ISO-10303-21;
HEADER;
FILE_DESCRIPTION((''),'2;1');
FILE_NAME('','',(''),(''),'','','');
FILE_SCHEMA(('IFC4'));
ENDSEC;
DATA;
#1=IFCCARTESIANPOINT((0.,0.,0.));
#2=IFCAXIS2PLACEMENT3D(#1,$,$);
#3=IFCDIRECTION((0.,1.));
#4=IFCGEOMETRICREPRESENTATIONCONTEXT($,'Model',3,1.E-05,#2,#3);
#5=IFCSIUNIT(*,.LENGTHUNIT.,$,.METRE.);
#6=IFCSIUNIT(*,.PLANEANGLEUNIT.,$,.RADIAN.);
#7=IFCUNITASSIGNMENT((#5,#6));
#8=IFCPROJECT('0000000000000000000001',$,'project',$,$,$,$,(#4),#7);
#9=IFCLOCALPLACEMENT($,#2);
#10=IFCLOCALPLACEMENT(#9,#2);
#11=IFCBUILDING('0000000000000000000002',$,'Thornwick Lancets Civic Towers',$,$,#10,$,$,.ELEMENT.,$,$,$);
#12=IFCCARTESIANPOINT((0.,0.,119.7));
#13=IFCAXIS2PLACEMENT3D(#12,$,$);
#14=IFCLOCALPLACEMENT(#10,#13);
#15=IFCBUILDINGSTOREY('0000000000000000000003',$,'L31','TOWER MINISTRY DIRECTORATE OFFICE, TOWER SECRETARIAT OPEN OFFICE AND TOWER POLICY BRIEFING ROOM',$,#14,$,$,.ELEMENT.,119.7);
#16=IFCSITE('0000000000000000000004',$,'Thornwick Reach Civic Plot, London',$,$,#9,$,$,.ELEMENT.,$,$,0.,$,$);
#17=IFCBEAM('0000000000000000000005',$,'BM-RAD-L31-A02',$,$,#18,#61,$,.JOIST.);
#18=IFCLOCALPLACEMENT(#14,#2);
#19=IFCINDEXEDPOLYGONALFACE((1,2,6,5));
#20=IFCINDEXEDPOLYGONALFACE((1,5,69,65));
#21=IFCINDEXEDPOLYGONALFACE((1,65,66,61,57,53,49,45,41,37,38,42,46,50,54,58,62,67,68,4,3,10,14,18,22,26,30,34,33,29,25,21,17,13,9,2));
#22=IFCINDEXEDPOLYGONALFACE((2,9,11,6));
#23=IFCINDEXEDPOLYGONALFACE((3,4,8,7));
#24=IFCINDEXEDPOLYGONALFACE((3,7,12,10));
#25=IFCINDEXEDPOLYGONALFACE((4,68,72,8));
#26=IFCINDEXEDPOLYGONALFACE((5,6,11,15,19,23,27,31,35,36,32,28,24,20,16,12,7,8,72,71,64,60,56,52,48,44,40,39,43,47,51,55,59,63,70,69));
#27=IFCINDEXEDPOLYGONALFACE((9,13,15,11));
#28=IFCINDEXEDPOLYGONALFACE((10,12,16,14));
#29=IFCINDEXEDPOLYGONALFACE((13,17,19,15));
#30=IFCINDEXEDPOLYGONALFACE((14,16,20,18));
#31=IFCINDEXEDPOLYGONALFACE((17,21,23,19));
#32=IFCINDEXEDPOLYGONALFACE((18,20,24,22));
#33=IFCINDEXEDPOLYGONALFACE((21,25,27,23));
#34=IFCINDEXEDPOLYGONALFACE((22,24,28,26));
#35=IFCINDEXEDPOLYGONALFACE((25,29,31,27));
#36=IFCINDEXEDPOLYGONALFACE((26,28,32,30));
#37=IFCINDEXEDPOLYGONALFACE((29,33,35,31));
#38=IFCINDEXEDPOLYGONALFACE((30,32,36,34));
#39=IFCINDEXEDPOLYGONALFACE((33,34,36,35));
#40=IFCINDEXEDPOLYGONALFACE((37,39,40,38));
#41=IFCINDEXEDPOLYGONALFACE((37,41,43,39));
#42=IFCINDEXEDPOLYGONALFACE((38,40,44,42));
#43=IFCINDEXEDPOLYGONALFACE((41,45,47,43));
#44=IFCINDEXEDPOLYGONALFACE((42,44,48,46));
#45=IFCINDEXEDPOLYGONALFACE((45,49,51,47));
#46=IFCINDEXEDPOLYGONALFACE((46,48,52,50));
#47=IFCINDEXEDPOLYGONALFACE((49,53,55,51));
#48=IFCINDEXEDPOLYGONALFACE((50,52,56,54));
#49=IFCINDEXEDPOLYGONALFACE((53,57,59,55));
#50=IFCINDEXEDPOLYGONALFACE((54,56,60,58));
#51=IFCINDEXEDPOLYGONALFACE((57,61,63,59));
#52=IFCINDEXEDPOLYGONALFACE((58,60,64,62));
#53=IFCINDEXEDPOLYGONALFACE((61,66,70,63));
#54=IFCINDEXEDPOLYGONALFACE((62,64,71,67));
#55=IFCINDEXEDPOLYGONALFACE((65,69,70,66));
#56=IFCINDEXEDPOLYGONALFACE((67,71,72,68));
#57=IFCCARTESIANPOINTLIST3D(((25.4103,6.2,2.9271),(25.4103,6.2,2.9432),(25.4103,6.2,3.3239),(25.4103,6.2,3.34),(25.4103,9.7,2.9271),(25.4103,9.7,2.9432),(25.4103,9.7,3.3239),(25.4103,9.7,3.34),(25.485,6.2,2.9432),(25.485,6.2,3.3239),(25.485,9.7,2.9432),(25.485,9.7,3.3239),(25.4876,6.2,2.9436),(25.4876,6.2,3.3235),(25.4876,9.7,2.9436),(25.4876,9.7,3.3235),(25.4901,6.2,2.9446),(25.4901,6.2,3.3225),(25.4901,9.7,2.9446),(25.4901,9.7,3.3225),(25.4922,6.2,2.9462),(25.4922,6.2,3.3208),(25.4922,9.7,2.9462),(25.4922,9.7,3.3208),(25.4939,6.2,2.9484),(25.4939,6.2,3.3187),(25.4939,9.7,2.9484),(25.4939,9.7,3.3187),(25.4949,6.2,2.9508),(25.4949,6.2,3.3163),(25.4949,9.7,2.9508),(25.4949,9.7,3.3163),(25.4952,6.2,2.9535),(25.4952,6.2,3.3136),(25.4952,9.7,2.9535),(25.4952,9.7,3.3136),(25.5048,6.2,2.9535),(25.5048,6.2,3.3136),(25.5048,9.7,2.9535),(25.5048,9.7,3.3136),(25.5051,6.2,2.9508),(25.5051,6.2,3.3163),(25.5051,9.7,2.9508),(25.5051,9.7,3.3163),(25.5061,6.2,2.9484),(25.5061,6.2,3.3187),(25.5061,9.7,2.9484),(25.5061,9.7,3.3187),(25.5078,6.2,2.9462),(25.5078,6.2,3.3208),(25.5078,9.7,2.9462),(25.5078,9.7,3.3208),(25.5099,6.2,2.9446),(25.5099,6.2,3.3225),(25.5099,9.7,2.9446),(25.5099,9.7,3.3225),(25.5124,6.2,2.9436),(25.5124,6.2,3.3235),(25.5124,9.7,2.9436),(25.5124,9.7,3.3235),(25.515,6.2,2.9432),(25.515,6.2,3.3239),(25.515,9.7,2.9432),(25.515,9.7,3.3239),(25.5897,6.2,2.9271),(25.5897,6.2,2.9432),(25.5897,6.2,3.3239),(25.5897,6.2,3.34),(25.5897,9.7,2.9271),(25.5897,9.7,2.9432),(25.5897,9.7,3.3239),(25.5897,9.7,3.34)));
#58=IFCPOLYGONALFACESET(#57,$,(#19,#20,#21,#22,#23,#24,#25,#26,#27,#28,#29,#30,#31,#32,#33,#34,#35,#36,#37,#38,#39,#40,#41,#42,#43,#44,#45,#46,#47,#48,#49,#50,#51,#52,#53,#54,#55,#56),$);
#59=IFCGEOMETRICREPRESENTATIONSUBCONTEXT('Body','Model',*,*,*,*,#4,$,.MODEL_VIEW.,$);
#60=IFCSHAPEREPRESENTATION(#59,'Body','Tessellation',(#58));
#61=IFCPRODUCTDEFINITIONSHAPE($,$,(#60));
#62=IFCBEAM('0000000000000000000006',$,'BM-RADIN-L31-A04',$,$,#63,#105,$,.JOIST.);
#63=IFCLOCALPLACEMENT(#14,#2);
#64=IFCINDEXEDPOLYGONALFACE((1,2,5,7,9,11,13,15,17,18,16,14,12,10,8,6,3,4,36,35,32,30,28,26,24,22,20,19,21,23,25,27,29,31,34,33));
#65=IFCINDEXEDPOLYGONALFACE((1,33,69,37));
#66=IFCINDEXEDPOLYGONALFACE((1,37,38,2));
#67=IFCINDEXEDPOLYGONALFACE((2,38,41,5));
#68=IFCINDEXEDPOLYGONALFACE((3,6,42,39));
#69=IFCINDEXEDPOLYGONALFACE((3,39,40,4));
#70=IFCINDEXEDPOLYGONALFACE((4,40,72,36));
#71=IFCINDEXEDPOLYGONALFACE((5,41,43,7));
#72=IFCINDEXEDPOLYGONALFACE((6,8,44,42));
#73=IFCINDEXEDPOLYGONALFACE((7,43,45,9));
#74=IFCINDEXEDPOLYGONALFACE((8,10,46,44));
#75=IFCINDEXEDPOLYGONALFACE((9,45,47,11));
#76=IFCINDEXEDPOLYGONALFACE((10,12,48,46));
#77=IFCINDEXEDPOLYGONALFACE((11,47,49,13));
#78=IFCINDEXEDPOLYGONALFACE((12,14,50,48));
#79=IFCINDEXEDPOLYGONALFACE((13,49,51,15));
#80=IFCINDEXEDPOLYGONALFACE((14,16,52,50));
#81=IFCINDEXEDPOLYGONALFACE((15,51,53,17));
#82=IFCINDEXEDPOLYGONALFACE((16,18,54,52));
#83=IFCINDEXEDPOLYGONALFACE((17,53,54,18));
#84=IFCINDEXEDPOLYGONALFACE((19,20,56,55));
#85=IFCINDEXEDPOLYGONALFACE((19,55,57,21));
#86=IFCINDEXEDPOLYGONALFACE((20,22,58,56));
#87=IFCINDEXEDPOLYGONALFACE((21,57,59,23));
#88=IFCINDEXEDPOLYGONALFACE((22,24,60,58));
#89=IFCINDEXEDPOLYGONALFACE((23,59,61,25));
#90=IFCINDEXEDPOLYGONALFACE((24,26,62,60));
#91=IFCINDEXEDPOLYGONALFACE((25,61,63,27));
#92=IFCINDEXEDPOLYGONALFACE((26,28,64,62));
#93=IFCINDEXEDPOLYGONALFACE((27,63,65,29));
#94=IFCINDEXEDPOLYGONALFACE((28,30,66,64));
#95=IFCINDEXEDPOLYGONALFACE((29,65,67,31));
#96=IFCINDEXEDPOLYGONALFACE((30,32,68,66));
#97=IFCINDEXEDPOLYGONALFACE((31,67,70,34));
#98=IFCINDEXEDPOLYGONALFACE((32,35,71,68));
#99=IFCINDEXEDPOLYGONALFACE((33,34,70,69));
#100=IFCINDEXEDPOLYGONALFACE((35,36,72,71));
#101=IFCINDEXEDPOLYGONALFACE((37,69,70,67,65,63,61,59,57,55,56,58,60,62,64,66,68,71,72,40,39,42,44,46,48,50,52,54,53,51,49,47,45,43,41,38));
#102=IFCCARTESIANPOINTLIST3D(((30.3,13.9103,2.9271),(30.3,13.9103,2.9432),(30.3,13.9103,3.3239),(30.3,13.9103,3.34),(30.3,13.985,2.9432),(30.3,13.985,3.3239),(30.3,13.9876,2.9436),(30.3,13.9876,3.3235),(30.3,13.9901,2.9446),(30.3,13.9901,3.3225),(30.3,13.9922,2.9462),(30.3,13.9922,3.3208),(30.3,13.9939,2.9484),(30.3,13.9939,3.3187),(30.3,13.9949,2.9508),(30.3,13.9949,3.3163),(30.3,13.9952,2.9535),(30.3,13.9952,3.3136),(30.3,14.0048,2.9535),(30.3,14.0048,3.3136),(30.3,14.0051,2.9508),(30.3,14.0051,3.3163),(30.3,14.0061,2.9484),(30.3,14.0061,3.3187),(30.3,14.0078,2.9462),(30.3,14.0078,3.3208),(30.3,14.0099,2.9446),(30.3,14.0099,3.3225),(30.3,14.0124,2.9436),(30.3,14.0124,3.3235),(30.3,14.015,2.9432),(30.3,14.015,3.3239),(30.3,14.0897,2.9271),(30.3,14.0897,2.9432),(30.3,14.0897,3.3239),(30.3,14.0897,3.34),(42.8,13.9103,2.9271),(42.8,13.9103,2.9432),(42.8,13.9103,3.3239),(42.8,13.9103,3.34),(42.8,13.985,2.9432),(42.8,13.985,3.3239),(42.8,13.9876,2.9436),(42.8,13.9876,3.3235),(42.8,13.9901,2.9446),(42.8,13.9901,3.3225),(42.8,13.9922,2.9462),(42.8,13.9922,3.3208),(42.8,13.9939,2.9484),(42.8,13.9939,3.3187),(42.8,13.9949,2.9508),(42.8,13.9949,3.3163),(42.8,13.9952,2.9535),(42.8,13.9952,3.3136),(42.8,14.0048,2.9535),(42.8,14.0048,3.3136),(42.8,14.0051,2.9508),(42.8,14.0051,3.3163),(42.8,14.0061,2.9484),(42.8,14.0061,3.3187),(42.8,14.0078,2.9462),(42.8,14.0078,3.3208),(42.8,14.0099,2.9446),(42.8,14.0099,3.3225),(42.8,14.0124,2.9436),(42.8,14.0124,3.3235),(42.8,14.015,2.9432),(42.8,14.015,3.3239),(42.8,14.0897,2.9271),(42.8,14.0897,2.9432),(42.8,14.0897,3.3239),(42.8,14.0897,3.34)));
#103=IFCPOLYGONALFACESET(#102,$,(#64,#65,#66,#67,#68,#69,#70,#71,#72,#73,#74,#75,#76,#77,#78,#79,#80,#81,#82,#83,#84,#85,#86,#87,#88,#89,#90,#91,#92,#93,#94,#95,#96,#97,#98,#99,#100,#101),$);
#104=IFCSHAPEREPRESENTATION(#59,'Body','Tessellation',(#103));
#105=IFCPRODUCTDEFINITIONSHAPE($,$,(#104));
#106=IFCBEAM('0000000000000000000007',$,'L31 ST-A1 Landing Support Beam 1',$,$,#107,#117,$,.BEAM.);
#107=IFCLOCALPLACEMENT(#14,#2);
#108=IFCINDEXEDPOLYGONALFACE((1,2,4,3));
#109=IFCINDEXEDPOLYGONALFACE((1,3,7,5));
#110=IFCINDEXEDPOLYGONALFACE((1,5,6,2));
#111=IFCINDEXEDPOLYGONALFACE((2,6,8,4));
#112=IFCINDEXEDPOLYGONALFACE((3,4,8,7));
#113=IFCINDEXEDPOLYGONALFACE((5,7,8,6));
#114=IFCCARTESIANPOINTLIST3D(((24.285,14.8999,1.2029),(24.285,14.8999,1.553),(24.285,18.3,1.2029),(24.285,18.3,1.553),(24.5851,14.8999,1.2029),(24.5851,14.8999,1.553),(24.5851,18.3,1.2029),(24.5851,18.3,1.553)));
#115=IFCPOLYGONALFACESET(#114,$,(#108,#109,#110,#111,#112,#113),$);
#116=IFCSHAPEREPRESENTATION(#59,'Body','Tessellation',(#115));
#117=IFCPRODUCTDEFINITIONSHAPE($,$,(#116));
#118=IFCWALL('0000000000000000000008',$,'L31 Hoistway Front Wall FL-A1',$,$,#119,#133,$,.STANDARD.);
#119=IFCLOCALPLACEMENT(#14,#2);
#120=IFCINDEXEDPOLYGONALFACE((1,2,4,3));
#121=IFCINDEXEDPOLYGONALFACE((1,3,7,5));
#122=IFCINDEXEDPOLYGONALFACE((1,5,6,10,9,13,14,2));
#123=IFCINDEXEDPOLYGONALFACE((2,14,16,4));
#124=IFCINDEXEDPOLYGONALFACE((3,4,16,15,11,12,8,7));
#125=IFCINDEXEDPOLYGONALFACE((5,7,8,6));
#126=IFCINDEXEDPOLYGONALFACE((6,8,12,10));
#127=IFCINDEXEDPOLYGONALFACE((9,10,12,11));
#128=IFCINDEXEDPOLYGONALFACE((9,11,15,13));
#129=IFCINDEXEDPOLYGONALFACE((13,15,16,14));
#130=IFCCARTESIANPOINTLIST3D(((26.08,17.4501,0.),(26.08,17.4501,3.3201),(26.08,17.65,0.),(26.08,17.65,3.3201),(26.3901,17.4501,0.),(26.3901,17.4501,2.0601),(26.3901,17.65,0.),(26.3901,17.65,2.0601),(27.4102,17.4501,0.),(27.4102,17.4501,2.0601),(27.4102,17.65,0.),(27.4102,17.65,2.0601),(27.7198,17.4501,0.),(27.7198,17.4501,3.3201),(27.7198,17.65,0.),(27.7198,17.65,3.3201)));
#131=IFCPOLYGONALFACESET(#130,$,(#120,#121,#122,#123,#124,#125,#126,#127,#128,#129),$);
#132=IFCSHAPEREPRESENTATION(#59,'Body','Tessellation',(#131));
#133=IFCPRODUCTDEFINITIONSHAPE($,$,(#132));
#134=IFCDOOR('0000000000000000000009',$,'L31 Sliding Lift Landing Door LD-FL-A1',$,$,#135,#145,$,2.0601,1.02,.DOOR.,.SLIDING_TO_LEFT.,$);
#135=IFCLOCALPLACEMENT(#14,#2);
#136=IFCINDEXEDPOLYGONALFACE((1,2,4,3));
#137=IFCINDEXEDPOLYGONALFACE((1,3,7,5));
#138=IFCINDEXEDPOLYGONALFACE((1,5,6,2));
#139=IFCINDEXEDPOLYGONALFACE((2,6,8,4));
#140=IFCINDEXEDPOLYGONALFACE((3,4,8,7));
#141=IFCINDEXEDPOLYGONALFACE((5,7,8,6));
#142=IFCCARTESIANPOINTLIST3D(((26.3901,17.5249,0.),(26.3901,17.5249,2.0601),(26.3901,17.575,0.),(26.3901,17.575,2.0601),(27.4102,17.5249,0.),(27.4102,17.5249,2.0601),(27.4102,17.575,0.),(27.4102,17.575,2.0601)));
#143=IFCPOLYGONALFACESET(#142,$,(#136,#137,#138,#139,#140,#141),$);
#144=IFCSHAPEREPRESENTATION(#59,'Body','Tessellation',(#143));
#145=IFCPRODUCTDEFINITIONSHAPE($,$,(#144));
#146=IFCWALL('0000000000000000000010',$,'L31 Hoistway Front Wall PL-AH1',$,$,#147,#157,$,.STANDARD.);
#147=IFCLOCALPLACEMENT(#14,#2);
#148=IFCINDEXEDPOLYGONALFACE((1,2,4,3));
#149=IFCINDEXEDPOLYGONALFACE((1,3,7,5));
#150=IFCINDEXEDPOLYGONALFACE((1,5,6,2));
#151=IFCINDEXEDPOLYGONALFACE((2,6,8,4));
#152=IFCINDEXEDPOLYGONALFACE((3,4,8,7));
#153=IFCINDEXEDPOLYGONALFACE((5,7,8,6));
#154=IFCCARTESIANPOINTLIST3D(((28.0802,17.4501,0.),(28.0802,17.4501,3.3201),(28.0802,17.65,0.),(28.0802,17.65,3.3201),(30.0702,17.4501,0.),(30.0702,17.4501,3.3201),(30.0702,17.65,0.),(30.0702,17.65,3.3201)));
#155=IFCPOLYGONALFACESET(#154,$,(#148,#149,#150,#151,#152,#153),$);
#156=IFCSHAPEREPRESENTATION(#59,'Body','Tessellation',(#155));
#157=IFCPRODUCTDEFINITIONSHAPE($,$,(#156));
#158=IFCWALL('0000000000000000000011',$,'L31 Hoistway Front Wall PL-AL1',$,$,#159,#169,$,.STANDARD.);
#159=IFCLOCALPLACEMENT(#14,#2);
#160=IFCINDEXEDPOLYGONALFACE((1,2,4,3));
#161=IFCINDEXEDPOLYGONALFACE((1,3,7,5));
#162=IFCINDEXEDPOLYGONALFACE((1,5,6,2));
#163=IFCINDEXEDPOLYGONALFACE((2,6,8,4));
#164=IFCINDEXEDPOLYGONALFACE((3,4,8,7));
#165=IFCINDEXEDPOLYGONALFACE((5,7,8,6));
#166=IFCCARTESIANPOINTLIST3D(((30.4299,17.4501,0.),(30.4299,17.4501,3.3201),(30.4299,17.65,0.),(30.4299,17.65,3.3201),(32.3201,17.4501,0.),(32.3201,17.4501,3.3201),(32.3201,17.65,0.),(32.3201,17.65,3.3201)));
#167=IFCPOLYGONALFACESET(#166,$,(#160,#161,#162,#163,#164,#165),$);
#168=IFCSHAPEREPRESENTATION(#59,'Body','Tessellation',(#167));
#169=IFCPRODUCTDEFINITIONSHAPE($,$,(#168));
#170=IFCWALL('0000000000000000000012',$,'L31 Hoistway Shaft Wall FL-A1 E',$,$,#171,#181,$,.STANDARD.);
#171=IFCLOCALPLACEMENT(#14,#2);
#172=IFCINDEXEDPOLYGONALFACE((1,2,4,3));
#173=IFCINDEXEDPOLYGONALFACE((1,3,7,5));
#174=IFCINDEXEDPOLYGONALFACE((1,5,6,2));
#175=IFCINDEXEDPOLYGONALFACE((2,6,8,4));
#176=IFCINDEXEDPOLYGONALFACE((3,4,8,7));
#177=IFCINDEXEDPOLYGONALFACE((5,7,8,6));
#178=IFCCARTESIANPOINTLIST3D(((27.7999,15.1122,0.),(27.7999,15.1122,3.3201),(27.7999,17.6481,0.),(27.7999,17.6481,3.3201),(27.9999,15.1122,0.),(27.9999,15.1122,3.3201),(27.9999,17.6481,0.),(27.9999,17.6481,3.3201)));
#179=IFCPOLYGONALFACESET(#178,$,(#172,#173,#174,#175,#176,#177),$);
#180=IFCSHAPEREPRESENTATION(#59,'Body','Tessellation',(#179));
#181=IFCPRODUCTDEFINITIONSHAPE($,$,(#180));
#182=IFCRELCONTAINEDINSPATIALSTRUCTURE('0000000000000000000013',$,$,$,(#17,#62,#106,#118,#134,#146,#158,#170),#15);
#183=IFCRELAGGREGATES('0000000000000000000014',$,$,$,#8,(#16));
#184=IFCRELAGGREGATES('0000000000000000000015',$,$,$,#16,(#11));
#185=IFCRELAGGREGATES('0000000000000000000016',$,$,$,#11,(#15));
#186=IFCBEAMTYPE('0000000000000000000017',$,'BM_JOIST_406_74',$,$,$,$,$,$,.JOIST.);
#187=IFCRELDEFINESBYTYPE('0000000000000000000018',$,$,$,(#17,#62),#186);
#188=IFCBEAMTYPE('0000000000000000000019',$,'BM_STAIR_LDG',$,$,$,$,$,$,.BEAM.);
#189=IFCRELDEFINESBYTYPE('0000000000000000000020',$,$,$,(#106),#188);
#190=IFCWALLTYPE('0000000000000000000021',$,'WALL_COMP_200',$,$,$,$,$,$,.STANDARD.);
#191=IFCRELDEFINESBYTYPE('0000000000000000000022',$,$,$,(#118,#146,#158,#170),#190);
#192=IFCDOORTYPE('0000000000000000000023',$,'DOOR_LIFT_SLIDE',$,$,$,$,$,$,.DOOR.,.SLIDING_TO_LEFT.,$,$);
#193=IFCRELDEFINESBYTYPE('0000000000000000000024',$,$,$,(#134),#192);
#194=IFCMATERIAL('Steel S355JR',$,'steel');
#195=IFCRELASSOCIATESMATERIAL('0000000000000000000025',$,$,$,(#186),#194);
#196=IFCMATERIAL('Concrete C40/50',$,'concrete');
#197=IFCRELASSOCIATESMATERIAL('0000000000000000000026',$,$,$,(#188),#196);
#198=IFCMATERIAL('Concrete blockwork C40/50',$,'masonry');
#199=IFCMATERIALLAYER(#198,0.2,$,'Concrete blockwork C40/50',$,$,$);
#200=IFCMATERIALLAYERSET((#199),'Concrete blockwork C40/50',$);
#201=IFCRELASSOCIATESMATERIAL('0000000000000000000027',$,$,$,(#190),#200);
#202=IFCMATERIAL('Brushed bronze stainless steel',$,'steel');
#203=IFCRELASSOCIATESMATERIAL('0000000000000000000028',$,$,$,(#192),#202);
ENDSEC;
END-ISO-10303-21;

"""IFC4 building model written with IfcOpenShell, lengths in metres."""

from ifc_helpers import new_model, si_unit, direction, frame, frame_2d, origin, origin_2d, place, context, subcontext, project, spatial, rectangle, i_section, extrude, material, layer, layer_set, material_profile, profile_set, type_object, element, fill, save


model = new_model("IFC4")

# Units and contexts
model_context = context("Model", 3, precision=1e-05, world=origin(), true_north=direction((0.0, 1.0)))
body_context = subcontext(model_context, "Body", "Model", "MODEL_VIEW")
ifc_project = project(units=[si_unit("LENGTHUNIT", "METRE"), si_unit("PLANEANGLEUNIT", "RADIAN")], contexts=[model_context])

# Site, building, storey
site_placement = place(None, origin())
site = spatial("IfcSite", under=ifc_project, at=site_placement, Name="Thornwick Reach Civic Plot, London", CompositionType="ELEMENT", RefElevation=0.0)
building_placement = place(site_placement, origin())
building = spatial("IfcBuilding", under=site, at=building_placement, Name="Thornwick Lancets Civic Towers", CompositionType="ELEMENT")
storey_placement = place(building_placement, frame((0.0, 0.0, 119.7)))
storey = spatial("IfcBuildingStorey", under=building, at=storey_placement, Name="L31", Description="TOWER MINISTRY DIRECTORATE OFFICE, TOWER SECRETARIAT OPEN OFFICE AND TOWER POLICY BRIEFING ROOM", CompositionType="ELEMENT", Elevation=119.7)

# Beams
ifc_material_1 = material(Name="Steel S355JR", Category="steel")
ifc_material_profile_1 = material_profile(ifc_material_1, i_section(OverallWidth=0.1794, OverallDepth=0.4128, WebThickness=0.0095, FlangeThickness=0.0161, FilletRadius=0.0103, at=origin_2d()), Name="UKB 406x178x74")
ifc_profile_set_1 = profile_set([ifc_material_profile_1], Name="Steel S355JR")
beam_type_1 = type_object("IfcBeamType", Name="BM_JOIST_406_74", PredefinedType="JOIST", material=ifc_profile_set_1)
beam_1_placement = place(storey_placement, frame((25.5, 9.7, 3.1335), z_axis=(0.0, -1.0, 0.0), x_axis=(1.0, 0.0, 0.0)))
element("IfcBeam", 1, at=beam_1_placement, inside=storey, type_object=beam_type_1, Name="BM-RAD-L31-A02", PredefinedType="JOIST", context=body_context, shape_type="SweptSolid", body=[
    extrude(i_section(OverallWidth=0.1794, OverallDepth=0.4128, WebThickness=0.0095, FlangeThickness=0.0161, FilletRadius=0.0103, at=origin_2d()), origin(), (0.0, 0.0, 1.0), 3.5),
])
beam_2_placement = place(storey_placement, frame((30.3, 14.0, 3.1335), z_axis=(1.0, 0.0, 0.0), x_axis=(0.0, 1.0, 0.0)))
element("IfcBeam", 2, at=beam_2_placement, inside=storey, type_object=beam_type_1, Name="BM-RADIN-L31-A04", PredefinedType="JOIST", context=body_context, shape_type="SweptSolid", body=[
    extrude(i_section(OverallWidth=0.1794, OverallDepth=0.4128, WebThickness=0.0095, FlangeThickness=0.0161, FilletRadius=0.0103, at=origin_2d()), origin(), (0.0, 0.0, 1.0), 12.5),
])
ifc_material_2 = material(Name="Concrete C40/50", Category="concrete")
ifc_material_profile_2 = material_profile(ifc_material_2, rectangle(XDim=0.3, YDim=0.3501, at=origin_2d()), Name="RC 300x350")
ifc_profile_set_2 = profile_set([ifc_material_profile_2], Name="Concrete C40/50")
beam_type_2 = type_object("IfcBeamType", Name="BM_STAIR_LDG", PredefinedType="BEAM", material=ifc_profile_set_2)
beam_3_placement = place(storey_placement, frame((24.4351, 14.8999, 1.3779), z_axis=(0.0, 1.0, 0.0), x_axis=(-1.0, 0.0, 0.0)))
element("IfcBeam", 3, at=beam_3_placement, inside=storey, type_object=beam_type_2, Name="L31 ST-A1 Landing Support Beam 1", PredefinedType="BEAM", context=body_context, shape_type="SweptSolid", body=[
    extrude(rectangle(XDim=0.3, YDim=0.3501, at=origin_2d()), origin(), (0.0, 0.0, 1.0), 3.4001),
])

# Wall, opening, door
ifc_material_3 = material(Name="Concrete blockwork C40/50", Category="masonry")
ifc_layer_1 = layer(ifc_material_3, 0.2, Name="Concrete blockwork C40/50")
ifc_layer_set_1 = layer_set([ifc_layer_1], Name="Concrete blockwork C40/50")
wall_type_1 = type_object("IfcWallType", Name="WALL_COMP_200", PredefinedType="STANDARD", material=ifc_layer_set_1)
wall_1_placement = place(storey_placement, frame((26.0801, 17.55, 0.0), z_axis=(0.0, 0.0, 1.0), x_axis=(1.0, 0.0, 0.0)))
wall_1 = element("IfcWall", 4, at=wall_1_placement, inside=storey, type_object=wall_type_1, Name="L31 Hoistway Front Wall FL-A1", PredefinedType="STANDARD", context=body_context, shape_type="SweptSolid", body=[
    extrude(rectangle(XDim=1.6399, YDim=0.2, at=frame_2d((0.8198, 0.0))), origin(), (0.0, 0.0, 1.0), 3.3201),
])
opening_1_placement = place(wall_1_placement, frame((0.3101, 0.0, 0.0)))
opening_1 = element("IfcOpeningElement", 5, at=opening_1_placement, cuts=wall_1, PredefinedType="OPENING", context=body_context, shape_type="SweptSolid", body=[
    extrude(rectangle(XDim=1.02, YDim=2.0601, at=frame_2d((0.51, 1.03))), frame((0.0, 0.1099, 0.0), z_axis=(0.0, -1.0, 0.0), x_axis=(1.0, 0.0, 0.0)), (0.0, 0.0, 1.0), 0.22),
])
ifc_material_4 = material(Name="Brushed bronze stainless steel", Category="steel")
door_type_1 = type_object("IfcDoorType", Name="DOOR_LIFT_SLIDE", OperationType="SLIDING_TO_LEFT", PredefinedType="DOOR", material=ifc_material_4)
door_1_placement = place(opening_1_placement, origin())
door_1 = element("IfcDoor", 6, at=door_1_placement, inside=storey, type_object=door_type_1, Name="L31 Sliding Lift Landing Door LD-FL-A1", OperationType="SLIDING_TO_LEFT", OverallHeight=2.0601, OverallWidth=1.02, PredefinedType="DOOR", context=body_context, shape_type="SweptSolid", body=[
    extrude(rectangle(XDim=1.02, YDim=2.0601, at=frame_2d((0.51, 1.03))), frame((0.0, 0.0249, 0.0), z_axis=(0.0, -1.0, 0.0), x_axis=(1.0, 0.0, 0.0)), (0.0, 0.0, 1.0), 0.05),
])
fill(opening_1, door_1)

# Walls
wall_2_placement = place(storey_placement, frame((28.0801, 17.55, 0.0), z_axis=(0.0, 0.0, 1.0), x_axis=(1.0, 0.0, 0.0)))
element("IfcWall", 7, at=wall_2_placement, inside=storey, type_object=wall_type_1, Name="L31 Hoistway Front Wall PL-AH1", PredefinedType="STANDARD", context=body_context, shape_type="SweptSolid", body=[
    extrude(rectangle(XDim=1.99, YDim=0.2, at=frame_2d((0.9951, 0.0))), origin(), (0.0, 0.0, 1.0), 3.3201),
])
wall_3_placement = place(storey_placement, frame((30.4299, 17.55, 0.0), z_axis=(0.0, 0.0, 1.0), x_axis=(1.0, 0.0, 0.0)))
element("IfcWall", 8, at=wall_3_placement, inside=storey, type_object=wall_type_1, Name="L31 Hoistway Front Wall PL-AL1", PredefinedType="STANDARD", context=body_context, shape_type="SweptSolid", body=[
    extrude(rectangle(XDim=1.8901, YDim=0.2, at=frame_2d((0.9451, 0.0))), origin(), (0.0, 0.0, 1.0), 3.3201),
])
for number, where, z_axis, x_axis, name in (
    (9, (27.8999, 15.1121, 0.0), (0.0, 0.0, 1.0), (0.0, 1.0, 0.0), "L31 Hoistway Shaft Wall FL-A1 E"),
):
    element("IfcWall", number, at=place(storey_placement, frame(where, z_axis=z_axis, x_axis=x_axis)), inside=storey, type_object=wall_type_1, Name=name, PredefinedType="STANDARD", context=body_context, shape_type="SweptSolid", body=[
        extrude(rectangle(XDim=2.5359, YDim=0.2, at=frame_2d((1.2681, 0.0))), origin(), (0.0, 0.0, 1.0), 3.3201),
    ])

save(model, "model.ifc")
